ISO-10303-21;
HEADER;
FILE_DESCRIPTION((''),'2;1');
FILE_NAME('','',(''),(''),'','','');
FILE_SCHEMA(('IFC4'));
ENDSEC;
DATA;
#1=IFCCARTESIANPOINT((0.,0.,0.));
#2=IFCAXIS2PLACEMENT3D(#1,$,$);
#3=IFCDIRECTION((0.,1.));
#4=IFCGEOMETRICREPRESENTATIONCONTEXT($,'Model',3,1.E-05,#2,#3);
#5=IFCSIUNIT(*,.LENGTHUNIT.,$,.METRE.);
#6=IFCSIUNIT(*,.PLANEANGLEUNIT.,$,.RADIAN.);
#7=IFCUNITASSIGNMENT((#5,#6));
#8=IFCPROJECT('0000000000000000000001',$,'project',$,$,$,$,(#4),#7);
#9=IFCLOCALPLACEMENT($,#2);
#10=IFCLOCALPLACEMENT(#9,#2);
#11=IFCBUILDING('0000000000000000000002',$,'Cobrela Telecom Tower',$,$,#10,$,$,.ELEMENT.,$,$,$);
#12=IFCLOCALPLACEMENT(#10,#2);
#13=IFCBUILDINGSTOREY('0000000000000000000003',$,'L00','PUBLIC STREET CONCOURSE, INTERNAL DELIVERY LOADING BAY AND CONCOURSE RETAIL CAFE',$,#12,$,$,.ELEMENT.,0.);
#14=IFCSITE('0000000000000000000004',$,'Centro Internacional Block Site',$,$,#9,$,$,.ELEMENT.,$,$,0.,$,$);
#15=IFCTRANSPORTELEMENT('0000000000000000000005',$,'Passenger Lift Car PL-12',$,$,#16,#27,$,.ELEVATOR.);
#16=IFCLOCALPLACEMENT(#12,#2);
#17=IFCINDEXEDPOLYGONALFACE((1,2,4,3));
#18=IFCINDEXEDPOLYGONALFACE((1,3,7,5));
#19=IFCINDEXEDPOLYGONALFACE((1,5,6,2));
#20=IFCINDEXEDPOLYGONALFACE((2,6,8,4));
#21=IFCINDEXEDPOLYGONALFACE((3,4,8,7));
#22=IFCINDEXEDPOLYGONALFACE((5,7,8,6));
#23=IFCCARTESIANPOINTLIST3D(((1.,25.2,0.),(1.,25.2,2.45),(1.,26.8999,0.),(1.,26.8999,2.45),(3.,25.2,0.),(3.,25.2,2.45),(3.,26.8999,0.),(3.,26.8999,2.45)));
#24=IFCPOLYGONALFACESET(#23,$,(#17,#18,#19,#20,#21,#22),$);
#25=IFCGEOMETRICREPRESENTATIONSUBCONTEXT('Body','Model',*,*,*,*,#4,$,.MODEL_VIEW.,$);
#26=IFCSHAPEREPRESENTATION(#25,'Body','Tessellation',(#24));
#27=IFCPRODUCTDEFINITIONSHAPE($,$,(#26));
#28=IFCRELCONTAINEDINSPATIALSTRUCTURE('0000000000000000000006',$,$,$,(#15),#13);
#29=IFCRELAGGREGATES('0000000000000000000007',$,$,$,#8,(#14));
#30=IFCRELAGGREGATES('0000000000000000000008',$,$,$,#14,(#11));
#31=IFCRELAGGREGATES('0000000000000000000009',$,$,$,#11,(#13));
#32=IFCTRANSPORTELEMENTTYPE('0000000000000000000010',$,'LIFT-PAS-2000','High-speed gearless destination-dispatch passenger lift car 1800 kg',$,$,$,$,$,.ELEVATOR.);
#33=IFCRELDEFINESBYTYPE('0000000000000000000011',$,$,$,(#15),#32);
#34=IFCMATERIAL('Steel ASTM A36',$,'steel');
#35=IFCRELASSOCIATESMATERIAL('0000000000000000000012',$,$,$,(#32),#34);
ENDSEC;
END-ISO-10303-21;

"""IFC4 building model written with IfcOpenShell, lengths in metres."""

from ifc_helpers import new_model, si_unit, direction, origin, place, context, subcontext, project, spatial, polyline, outline, extrude, material, type_object, element, save


model = new_model("IFC4")

# Units and contexts
model_context = context("Model", 3, precision=1e-05, world=origin(), true_north=direction((0.0, 1.0)))
body_context = subcontext(model_context, "Body", "Model", "MODEL_VIEW")
ifc_project = project(units=[si_unit("LENGTHUNIT", "METRE"), si_unit("PLANEANGLEUNIT", "RADIAN")], contexts=[model_context])

# Site, building, storey
site_placement = place(None, origin())
site = spatial("IfcSite", under=ifc_project, at=site_placement, Name="Centro Internacional Block Site", CompositionType="ELEMENT", RefElevation=0.0)
building_placement = place(site_placement, origin())
building = spatial("IfcBuilding", under=site, at=building_placement, Name="Cobrela Telecom Tower", CompositionType="ELEMENT")
storey_placement = place(building_placement, origin())
storey = spatial("IfcBuildingStorey", under=building, at=storey_placement, Name="L00", Description="PUBLIC STREET CONCOURSE, INTERNAL DELIVERY LOADING BAY AND CONCOURSE RETAIL CAFE", CompositionType="ELEMENT", Elevation=0.0)

# Transport element
ifc_material_1 = material(Name="Steel ASTM A36", Category="steel")
transport_element_type = type_object("IfcTransportElementType", Name="LIFT-PAS-2000", Description="High-speed gearless destination-dispatch passenger lift car 1800 kg", PredefinedType="ELEVATOR", material=ifc_material_1)
transport_element_1_placement = place(storey_placement, origin())
element("IfcTransportElement", 1, at=transport_element_1_placement, inside=storey, type_object=transport_element_type, Name="Passenger Lift Car PL-12", PredefinedType="ELEVATOR", context=body_context, shape_type="SweptSolid", body=[
    extrude(outline(polyline([(1.0, 25.2), (3.0, 25.2), (3.0, 26.8999), (1.0, 26.8999), (1.0, 25.2)])), origin(), (0.0, 0.0, 1.0), 2.45),
])

save(model, "model.ifc")
